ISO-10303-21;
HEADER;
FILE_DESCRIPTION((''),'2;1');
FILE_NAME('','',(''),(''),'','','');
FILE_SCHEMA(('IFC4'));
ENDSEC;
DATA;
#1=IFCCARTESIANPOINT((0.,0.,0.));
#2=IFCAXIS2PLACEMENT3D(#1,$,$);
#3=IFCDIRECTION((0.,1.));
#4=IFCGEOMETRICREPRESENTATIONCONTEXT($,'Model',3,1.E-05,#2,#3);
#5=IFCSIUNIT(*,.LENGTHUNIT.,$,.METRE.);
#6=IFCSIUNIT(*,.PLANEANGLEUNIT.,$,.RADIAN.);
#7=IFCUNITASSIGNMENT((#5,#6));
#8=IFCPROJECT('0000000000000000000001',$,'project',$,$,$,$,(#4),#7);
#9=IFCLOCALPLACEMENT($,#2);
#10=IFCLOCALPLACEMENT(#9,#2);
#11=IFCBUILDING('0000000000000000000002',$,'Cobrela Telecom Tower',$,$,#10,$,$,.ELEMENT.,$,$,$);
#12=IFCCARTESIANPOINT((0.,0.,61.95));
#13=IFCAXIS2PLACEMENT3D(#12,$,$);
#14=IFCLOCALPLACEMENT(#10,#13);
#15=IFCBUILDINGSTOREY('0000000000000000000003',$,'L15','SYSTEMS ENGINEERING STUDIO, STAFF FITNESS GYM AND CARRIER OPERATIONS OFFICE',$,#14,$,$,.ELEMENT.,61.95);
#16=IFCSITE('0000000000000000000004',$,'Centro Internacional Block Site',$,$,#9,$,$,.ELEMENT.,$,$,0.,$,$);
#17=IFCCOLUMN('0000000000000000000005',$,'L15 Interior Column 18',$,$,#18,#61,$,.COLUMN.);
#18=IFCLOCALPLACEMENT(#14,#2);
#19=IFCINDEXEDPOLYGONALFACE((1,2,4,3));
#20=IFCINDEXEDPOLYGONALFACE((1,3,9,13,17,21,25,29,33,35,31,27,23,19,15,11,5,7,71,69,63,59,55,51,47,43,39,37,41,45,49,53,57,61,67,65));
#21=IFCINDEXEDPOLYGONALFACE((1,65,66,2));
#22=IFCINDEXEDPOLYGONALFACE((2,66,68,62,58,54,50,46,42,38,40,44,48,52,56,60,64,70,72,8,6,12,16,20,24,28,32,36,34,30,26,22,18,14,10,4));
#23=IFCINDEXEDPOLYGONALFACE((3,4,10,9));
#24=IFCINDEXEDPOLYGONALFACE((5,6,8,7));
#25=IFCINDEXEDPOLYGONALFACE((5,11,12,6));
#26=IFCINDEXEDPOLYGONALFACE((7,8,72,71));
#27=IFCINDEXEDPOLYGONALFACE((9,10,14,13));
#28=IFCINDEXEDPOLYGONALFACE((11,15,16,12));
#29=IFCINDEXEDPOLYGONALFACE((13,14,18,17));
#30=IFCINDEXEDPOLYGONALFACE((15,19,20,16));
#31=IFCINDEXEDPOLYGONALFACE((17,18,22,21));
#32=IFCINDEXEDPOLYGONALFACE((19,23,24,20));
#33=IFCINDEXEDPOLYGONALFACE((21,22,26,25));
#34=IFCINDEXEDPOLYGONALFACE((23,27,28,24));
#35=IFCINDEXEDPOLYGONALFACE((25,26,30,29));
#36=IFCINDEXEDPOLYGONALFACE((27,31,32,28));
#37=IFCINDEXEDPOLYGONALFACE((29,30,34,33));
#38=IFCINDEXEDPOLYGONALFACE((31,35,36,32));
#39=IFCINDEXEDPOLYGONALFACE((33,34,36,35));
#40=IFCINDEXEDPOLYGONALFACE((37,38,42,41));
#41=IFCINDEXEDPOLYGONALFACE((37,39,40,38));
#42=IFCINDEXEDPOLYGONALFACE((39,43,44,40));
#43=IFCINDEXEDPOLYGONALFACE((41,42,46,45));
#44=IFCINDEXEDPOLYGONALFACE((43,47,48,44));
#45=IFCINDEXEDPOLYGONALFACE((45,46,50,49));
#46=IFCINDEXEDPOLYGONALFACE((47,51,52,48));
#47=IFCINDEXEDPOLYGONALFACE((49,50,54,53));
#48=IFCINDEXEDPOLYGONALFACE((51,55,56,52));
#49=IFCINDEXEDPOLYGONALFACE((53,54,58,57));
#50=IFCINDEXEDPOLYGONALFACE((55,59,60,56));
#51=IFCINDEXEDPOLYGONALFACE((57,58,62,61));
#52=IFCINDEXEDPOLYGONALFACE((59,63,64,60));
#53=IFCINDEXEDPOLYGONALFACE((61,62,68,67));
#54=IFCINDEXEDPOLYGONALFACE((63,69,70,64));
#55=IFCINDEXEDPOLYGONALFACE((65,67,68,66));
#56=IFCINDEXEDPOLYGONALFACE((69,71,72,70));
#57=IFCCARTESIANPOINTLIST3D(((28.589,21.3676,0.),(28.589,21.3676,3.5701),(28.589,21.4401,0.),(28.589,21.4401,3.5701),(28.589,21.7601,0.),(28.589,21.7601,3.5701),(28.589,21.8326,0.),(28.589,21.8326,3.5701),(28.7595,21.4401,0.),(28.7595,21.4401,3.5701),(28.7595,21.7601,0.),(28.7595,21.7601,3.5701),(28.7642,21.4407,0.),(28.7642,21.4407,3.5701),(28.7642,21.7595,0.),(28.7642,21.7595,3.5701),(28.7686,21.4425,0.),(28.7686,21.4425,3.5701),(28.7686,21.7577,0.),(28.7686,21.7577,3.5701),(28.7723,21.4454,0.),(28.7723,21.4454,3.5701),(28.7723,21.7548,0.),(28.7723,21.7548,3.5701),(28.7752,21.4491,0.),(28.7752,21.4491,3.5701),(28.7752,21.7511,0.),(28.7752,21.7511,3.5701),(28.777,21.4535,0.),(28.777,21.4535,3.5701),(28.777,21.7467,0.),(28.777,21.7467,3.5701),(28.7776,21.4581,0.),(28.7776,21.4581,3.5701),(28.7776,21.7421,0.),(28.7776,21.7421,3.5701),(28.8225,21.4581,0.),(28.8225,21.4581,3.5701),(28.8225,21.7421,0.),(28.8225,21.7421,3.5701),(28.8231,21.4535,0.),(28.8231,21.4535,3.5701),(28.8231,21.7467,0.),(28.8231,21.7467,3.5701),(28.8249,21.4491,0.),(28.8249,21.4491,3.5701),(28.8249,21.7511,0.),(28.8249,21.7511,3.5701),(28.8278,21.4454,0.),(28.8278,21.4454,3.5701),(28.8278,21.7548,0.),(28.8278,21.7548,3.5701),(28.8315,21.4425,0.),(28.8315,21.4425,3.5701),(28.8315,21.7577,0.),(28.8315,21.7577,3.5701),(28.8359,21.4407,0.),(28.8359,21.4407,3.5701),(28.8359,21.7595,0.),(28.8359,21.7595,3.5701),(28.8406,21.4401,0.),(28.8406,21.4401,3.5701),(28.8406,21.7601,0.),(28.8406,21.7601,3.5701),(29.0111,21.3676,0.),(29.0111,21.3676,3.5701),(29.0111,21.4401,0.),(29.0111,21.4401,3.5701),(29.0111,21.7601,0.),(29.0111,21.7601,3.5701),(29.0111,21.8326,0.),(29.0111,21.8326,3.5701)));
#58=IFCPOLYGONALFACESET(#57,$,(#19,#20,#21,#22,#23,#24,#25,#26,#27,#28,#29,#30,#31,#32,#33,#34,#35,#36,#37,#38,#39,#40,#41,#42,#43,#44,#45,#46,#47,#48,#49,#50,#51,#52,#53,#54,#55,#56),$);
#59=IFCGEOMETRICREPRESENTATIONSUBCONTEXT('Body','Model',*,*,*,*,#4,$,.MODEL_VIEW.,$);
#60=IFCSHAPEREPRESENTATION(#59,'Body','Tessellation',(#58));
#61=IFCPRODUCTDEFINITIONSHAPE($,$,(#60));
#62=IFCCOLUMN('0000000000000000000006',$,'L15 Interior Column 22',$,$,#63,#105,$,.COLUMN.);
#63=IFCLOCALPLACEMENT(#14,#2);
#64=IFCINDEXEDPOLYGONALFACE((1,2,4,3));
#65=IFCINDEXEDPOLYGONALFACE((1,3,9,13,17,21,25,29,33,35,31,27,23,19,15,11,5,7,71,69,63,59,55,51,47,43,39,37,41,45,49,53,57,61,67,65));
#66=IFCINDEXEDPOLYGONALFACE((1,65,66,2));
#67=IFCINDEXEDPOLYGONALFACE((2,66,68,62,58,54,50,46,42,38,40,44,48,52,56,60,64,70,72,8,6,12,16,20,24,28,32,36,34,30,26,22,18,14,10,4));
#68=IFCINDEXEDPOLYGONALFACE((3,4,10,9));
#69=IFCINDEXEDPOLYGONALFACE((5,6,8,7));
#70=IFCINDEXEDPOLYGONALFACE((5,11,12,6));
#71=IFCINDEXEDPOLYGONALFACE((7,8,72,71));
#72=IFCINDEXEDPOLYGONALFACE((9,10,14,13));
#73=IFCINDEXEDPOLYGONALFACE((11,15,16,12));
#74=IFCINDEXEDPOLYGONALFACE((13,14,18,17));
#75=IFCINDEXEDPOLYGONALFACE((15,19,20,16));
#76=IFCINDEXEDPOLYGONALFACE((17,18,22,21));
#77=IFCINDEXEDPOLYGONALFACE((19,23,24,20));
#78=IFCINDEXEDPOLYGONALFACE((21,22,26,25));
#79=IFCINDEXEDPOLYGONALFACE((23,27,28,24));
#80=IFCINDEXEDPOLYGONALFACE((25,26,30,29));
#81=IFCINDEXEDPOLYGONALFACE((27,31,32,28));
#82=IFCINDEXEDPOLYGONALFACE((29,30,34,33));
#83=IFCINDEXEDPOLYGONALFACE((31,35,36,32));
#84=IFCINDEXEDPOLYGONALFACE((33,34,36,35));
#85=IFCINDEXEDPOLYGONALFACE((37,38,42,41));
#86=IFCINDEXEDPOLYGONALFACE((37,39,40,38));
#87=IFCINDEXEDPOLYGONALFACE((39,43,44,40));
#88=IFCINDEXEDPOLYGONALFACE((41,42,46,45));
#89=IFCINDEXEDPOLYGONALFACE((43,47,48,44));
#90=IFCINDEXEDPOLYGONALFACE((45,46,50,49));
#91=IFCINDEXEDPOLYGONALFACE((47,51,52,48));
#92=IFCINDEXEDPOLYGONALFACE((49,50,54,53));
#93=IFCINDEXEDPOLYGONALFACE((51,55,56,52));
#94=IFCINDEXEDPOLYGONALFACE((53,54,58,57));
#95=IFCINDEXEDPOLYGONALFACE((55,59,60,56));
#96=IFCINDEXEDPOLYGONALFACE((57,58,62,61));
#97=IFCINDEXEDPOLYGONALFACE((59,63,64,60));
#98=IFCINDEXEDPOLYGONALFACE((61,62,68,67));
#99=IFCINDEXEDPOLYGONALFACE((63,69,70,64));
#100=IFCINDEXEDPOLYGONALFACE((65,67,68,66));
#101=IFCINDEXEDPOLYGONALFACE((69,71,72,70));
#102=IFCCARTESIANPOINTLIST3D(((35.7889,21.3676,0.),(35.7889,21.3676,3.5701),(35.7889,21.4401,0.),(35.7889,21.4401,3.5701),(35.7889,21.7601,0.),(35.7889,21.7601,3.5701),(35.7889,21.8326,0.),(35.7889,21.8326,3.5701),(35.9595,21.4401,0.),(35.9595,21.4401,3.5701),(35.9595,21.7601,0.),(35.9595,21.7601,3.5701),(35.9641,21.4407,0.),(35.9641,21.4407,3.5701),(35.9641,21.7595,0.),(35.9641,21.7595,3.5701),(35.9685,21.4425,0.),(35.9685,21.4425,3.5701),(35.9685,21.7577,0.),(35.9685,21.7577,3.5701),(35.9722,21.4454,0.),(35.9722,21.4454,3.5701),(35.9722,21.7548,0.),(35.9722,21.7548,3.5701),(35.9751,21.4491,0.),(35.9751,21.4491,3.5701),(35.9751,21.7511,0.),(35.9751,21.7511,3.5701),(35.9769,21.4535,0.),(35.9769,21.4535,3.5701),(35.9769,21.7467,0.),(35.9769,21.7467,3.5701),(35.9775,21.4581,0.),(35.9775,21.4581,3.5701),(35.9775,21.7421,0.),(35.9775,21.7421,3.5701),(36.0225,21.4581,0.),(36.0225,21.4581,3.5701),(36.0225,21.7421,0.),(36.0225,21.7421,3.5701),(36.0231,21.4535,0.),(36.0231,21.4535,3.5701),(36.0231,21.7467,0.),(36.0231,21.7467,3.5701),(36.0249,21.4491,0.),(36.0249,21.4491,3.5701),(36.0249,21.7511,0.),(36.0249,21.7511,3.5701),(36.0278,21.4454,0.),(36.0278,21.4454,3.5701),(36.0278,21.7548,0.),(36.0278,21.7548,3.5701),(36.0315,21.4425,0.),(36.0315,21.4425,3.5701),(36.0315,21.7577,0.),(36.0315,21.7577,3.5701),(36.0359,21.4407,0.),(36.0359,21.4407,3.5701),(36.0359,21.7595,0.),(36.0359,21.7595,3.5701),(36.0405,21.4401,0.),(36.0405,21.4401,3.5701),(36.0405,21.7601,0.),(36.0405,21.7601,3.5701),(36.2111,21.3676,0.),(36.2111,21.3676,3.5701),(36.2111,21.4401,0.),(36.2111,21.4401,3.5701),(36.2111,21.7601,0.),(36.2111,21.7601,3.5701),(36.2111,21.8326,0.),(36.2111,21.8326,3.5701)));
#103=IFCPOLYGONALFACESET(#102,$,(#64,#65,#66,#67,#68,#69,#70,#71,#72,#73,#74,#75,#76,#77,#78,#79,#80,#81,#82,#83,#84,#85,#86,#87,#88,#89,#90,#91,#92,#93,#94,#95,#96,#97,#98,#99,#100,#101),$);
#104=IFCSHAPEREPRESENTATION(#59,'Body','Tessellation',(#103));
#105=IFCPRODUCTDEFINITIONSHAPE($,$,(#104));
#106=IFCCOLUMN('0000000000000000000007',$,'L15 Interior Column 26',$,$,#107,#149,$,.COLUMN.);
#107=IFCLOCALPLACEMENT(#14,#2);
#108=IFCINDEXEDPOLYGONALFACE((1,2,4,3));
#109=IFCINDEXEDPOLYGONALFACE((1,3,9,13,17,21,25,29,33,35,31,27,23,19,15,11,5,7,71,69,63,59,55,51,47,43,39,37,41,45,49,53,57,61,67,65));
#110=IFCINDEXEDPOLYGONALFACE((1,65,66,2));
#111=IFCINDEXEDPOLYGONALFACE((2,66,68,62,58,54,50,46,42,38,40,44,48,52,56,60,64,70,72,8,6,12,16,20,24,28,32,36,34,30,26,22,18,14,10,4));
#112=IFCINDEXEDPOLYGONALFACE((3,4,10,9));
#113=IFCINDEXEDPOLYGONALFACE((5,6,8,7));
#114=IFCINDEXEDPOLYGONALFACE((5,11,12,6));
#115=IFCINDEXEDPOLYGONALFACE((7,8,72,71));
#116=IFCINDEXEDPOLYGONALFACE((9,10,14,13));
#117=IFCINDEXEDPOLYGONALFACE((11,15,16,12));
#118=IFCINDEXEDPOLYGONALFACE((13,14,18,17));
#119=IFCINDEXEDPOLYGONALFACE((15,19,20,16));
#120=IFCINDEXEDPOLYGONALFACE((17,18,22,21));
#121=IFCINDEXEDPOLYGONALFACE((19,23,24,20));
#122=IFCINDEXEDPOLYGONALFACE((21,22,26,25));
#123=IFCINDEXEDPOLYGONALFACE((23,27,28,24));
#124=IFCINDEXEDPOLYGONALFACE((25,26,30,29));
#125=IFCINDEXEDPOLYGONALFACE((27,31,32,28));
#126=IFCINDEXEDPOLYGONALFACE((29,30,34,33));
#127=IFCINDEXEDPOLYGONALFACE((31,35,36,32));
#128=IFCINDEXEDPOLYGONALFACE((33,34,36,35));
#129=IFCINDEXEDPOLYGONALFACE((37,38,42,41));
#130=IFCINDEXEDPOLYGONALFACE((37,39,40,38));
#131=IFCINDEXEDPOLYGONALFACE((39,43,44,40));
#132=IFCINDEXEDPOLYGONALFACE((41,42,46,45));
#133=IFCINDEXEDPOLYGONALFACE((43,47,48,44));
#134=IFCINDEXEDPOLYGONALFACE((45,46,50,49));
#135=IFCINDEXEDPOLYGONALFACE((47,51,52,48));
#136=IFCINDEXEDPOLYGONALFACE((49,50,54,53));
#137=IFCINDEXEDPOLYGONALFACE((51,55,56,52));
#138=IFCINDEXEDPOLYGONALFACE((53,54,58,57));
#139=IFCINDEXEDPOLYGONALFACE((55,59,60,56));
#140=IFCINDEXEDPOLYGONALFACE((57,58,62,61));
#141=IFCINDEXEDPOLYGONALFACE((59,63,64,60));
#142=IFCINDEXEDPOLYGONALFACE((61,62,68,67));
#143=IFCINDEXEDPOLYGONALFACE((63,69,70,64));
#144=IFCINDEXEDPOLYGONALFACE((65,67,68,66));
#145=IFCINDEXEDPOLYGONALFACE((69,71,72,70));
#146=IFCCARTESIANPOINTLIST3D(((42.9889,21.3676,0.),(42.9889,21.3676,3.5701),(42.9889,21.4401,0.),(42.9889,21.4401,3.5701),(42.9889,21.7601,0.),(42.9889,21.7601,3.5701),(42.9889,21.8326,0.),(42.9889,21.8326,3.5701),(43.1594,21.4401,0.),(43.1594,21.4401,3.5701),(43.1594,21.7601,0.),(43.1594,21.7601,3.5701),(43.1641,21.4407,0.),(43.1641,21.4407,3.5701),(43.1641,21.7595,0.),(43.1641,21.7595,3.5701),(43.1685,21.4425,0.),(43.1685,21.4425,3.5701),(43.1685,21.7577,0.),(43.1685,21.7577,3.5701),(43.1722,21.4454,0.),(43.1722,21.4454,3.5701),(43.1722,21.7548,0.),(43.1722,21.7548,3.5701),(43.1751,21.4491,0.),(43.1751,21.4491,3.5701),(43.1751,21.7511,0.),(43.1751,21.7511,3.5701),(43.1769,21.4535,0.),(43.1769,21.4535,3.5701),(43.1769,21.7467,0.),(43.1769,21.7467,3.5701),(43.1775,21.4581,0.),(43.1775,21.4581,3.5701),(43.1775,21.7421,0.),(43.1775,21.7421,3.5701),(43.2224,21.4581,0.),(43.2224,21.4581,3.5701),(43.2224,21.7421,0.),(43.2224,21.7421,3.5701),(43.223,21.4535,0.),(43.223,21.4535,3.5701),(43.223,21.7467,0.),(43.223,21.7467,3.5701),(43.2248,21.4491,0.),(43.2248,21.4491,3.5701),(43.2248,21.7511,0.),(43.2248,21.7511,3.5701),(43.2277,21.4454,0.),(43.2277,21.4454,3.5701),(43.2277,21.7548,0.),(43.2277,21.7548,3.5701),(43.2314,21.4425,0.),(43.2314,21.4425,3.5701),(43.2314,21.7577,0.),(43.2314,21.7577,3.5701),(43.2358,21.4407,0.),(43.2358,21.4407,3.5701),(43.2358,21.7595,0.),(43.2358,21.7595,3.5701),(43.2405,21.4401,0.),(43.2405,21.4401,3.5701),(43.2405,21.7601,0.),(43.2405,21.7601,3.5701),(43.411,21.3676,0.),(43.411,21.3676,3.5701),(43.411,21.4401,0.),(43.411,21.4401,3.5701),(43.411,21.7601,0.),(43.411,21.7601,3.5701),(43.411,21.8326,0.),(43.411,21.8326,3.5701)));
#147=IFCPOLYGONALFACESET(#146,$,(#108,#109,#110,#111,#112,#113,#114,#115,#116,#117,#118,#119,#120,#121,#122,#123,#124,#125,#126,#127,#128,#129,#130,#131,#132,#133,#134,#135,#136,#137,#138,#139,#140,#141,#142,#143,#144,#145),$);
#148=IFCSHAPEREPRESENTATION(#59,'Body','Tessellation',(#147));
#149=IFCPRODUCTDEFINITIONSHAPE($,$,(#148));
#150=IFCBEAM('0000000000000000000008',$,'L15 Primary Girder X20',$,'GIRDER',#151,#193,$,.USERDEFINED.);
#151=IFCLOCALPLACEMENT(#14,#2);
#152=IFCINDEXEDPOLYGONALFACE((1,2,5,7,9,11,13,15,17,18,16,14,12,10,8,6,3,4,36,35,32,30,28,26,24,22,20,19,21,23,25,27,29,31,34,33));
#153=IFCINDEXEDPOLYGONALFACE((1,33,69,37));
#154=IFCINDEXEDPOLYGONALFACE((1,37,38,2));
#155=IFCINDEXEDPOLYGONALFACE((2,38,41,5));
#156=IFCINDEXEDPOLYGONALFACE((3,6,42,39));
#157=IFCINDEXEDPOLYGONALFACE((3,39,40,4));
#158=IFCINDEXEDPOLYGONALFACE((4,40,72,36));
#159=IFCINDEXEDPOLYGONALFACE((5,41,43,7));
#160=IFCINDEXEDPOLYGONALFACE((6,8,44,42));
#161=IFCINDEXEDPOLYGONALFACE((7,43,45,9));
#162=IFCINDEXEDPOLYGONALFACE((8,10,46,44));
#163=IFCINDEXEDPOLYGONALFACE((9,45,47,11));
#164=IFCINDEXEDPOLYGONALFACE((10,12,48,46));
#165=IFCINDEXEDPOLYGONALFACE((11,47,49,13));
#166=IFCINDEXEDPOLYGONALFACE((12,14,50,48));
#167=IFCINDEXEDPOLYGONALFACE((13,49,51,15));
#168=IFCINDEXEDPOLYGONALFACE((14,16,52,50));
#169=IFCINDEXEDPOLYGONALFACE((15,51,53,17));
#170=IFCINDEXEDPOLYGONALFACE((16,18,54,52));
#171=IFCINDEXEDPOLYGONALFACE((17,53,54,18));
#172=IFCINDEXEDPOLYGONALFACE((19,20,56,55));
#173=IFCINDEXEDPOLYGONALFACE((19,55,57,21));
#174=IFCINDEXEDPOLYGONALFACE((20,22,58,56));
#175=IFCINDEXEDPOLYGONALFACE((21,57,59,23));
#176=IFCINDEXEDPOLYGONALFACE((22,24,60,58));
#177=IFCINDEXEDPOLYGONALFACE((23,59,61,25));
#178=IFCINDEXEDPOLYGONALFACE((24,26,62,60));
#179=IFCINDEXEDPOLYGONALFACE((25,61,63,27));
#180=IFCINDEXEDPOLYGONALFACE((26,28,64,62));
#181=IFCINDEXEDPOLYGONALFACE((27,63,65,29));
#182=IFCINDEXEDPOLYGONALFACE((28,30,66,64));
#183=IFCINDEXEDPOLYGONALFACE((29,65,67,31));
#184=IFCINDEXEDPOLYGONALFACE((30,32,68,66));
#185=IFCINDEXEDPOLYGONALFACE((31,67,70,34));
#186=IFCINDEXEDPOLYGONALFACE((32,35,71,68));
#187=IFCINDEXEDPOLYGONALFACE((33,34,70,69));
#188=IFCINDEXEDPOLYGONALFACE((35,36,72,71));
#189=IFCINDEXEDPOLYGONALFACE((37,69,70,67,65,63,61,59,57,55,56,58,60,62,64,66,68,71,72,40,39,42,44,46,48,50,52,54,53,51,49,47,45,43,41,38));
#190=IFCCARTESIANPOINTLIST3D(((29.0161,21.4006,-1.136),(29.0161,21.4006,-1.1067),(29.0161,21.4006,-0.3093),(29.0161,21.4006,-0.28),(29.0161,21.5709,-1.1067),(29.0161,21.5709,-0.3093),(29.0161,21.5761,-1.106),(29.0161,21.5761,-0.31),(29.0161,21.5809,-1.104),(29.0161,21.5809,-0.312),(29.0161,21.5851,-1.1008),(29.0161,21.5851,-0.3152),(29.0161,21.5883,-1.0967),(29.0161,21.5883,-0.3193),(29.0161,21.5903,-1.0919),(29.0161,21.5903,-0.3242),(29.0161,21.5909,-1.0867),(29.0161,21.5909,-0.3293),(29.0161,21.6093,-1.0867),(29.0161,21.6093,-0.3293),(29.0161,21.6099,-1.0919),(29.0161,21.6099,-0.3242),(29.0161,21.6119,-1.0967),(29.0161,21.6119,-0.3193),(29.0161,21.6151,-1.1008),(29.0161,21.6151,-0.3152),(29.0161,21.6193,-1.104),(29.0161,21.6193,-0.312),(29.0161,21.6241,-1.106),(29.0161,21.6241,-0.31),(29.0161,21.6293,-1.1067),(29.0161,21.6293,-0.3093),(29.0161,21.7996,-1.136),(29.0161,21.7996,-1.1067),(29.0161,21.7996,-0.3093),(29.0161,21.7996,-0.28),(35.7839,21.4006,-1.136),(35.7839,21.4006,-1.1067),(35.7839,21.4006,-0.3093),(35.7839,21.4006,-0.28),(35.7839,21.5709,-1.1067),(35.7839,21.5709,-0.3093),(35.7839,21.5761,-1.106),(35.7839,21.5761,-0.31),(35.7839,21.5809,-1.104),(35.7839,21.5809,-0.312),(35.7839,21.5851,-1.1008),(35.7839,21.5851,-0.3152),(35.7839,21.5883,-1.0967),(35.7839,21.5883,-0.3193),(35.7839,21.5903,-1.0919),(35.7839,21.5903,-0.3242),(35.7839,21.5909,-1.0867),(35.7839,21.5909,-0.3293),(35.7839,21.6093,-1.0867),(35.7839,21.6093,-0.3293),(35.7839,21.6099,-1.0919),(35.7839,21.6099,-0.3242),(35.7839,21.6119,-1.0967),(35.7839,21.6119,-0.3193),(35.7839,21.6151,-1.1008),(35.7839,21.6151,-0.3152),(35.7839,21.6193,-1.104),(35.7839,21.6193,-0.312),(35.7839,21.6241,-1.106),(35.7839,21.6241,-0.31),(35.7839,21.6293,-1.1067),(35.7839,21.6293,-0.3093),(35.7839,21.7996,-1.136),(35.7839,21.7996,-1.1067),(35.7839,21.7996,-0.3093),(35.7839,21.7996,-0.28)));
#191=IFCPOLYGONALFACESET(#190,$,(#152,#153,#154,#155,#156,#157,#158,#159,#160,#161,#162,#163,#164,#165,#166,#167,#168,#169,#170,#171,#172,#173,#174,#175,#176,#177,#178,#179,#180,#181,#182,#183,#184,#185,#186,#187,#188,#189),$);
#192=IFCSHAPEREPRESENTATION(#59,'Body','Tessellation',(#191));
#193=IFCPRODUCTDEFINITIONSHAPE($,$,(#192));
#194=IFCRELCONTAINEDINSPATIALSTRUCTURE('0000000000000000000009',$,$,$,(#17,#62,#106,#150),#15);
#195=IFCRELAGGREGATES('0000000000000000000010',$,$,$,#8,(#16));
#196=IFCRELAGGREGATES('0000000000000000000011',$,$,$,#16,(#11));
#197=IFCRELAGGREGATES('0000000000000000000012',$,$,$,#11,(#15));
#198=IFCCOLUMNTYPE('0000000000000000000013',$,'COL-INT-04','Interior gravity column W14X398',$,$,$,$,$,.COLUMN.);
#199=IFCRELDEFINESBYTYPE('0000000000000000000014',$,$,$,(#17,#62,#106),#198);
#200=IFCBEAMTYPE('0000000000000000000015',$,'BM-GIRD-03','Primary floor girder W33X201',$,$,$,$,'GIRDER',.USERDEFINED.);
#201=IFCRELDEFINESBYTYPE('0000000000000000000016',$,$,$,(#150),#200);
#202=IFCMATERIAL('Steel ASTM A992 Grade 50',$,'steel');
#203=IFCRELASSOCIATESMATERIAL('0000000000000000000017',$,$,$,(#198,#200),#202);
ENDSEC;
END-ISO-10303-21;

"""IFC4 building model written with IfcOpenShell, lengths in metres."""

from ifc_helpers import new_model, si_unit, direction, frame, origin, origin_2d, place, context, subcontext, project, spatial, i_section, extrude, material, material_profile, profile_set, type_object, element, save


model = new_model("IFC4")

# Units and contexts
model_context = context("Model", 3, precision=1e-05, world=origin(), true_north=direction((0.0, 1.0)))
body_context = subcontext(model_context, "Body", "Model", "MODEL_VIEW")
ifc_project = project(units=[si_unit("LENGTHUNIT", "METRE"), si_unit("PLANEANGLEUNIT", "RADIAN")], contexts=[model_context])

# Site, building, storey
site_placement = place(None, origin())
site = spatial("IfcSite", under=ifc_project, at=site_placement, Name="Centro Internacional Block Site", CompositionType="ELEMENT", RefElevation=0.0)
building_placement = place(site_placement, origin())
building = spatial("IfcBuilding", under=site, at=building_placement, Name="Cobrela Telecom Tower", CompositionType="ELEMENT")
storey_placement = place(building_placement, frame((0.0, 0.0, 61.95)))
storey = spatial("IfcBuildingStorey", under=building, at=storey_placement, Name="L15", Description="SYSTEMS ENGINEERING STUDIO, STAFF FITNESS GYM AND CARRIER OPERATIONS OFFICE", CompositionType="ELEMENT", Elevation=61.95)

# Columns
ifc_material_1 = material(Name="Steel ASTM A992 Grade 50", Category="steel")
ifc_material_profile_1 = material_profile(ifc_material_1, i_section(OverallWidth=0.4221, OverallDepth=0.4651, WebThickness=0.0449, FlangeThickness=0.0725, FilletRadius=0.0181, at=origin_2d()), Name="W14X398")
ifc_profile_set_1 = profile_set([ifc_material_profile_1], Name="Steel ASTM A992 Grade 50")
column_type = type_object("IfcColumnType", Name="COL-INT-04", Description="Interior gravity column W14X398", PredefinedType="COLUMN", material=ifc_profile_set_1)
for number, where, z_axis, x_axis, name in (
    (1, (28.8, 21.6001, 0.0), (0.0, 0.0, 1.0), (1.0, 0.0, 0.0), "L15 Interior Column 18"),
    (2, (36.0, 21.6001, 0.0), (0.0, 0.0, 1.0), (1.0, 0.0, 0.0), "L15 Interior Column 22"),
    (3, (43.2, 21.6001, 0.0), (0.0, 0.0, 1.0), (1.0, 0.0, 0.0), "L15 Interior Column 26"),
):
    element("IfcColumn", number, at=place(storey_placement, frame(where, z_axis=z_axis, x_axis=x_axis)), inside=storey, type_object=column_type, Name=name, PredefinedType="COLUMN", context=body_context, shape_type="SweptSolid", body=[
        extrude(i_section(OverallWidth=0.4221, OverallDepth=0.4651, WebThickness=0.0449, FlangeThickness=0.0725, FilletRadius=0.0181, at=origin_2d()), origin(), (0.0, 0.0, 1.0), 3.5701),
    ])

# Beam
ifc_material_profile_2 = material_profile(ifc_material_1, i_section(OverallWidth=0.3989, OverallDepth=0.856, WebThickness=0.0183, FlangeThickness=0.0293, FilletRadius=0.02, at=origin_2d()), Name="W33X201")
ifc_profile_set_2 = profile_set([ifc_material_profile_2], Name="Steel ASTM A992 Grade 50")
beam_type_1 = type_object("IfcBeamType", Name="BM-GIRD-03", Description="Primary floor girder W33X201", ElementType="GIRDER", PredefinedType="USERDEFINED", material=ifc_profile_set_2)
for number, where, z_axis, x_axis, name in (
    (4, (29.0161, 21.6001, -0.708), (1.0, 0.0, 0.0), (0.0, 1.0, 0.0), "L15 Primary Girder X20"),
):
    element("IfcBeam", number, at=place(storey_placement, frame(where, z_axis=z_axis, x_axis=x_axis)), inside=storey, type_object=beam_type_1, Name=name, ObjectType="GIRDER", PredefinedType="USERDEFINED", context=body_context, shape_type="SweptSolid", body=[
        extrude(i_section(OverallWidth=0.3989, OverallDepth=0.856, WebThickness=0.0183, FlangeThickness=0.0293, FilletRadius=0.02, at=origin_2d()), origin(), (0.0, 0.0, 1.0), 6.7678),
    ])

save(model, "model.ifc")
